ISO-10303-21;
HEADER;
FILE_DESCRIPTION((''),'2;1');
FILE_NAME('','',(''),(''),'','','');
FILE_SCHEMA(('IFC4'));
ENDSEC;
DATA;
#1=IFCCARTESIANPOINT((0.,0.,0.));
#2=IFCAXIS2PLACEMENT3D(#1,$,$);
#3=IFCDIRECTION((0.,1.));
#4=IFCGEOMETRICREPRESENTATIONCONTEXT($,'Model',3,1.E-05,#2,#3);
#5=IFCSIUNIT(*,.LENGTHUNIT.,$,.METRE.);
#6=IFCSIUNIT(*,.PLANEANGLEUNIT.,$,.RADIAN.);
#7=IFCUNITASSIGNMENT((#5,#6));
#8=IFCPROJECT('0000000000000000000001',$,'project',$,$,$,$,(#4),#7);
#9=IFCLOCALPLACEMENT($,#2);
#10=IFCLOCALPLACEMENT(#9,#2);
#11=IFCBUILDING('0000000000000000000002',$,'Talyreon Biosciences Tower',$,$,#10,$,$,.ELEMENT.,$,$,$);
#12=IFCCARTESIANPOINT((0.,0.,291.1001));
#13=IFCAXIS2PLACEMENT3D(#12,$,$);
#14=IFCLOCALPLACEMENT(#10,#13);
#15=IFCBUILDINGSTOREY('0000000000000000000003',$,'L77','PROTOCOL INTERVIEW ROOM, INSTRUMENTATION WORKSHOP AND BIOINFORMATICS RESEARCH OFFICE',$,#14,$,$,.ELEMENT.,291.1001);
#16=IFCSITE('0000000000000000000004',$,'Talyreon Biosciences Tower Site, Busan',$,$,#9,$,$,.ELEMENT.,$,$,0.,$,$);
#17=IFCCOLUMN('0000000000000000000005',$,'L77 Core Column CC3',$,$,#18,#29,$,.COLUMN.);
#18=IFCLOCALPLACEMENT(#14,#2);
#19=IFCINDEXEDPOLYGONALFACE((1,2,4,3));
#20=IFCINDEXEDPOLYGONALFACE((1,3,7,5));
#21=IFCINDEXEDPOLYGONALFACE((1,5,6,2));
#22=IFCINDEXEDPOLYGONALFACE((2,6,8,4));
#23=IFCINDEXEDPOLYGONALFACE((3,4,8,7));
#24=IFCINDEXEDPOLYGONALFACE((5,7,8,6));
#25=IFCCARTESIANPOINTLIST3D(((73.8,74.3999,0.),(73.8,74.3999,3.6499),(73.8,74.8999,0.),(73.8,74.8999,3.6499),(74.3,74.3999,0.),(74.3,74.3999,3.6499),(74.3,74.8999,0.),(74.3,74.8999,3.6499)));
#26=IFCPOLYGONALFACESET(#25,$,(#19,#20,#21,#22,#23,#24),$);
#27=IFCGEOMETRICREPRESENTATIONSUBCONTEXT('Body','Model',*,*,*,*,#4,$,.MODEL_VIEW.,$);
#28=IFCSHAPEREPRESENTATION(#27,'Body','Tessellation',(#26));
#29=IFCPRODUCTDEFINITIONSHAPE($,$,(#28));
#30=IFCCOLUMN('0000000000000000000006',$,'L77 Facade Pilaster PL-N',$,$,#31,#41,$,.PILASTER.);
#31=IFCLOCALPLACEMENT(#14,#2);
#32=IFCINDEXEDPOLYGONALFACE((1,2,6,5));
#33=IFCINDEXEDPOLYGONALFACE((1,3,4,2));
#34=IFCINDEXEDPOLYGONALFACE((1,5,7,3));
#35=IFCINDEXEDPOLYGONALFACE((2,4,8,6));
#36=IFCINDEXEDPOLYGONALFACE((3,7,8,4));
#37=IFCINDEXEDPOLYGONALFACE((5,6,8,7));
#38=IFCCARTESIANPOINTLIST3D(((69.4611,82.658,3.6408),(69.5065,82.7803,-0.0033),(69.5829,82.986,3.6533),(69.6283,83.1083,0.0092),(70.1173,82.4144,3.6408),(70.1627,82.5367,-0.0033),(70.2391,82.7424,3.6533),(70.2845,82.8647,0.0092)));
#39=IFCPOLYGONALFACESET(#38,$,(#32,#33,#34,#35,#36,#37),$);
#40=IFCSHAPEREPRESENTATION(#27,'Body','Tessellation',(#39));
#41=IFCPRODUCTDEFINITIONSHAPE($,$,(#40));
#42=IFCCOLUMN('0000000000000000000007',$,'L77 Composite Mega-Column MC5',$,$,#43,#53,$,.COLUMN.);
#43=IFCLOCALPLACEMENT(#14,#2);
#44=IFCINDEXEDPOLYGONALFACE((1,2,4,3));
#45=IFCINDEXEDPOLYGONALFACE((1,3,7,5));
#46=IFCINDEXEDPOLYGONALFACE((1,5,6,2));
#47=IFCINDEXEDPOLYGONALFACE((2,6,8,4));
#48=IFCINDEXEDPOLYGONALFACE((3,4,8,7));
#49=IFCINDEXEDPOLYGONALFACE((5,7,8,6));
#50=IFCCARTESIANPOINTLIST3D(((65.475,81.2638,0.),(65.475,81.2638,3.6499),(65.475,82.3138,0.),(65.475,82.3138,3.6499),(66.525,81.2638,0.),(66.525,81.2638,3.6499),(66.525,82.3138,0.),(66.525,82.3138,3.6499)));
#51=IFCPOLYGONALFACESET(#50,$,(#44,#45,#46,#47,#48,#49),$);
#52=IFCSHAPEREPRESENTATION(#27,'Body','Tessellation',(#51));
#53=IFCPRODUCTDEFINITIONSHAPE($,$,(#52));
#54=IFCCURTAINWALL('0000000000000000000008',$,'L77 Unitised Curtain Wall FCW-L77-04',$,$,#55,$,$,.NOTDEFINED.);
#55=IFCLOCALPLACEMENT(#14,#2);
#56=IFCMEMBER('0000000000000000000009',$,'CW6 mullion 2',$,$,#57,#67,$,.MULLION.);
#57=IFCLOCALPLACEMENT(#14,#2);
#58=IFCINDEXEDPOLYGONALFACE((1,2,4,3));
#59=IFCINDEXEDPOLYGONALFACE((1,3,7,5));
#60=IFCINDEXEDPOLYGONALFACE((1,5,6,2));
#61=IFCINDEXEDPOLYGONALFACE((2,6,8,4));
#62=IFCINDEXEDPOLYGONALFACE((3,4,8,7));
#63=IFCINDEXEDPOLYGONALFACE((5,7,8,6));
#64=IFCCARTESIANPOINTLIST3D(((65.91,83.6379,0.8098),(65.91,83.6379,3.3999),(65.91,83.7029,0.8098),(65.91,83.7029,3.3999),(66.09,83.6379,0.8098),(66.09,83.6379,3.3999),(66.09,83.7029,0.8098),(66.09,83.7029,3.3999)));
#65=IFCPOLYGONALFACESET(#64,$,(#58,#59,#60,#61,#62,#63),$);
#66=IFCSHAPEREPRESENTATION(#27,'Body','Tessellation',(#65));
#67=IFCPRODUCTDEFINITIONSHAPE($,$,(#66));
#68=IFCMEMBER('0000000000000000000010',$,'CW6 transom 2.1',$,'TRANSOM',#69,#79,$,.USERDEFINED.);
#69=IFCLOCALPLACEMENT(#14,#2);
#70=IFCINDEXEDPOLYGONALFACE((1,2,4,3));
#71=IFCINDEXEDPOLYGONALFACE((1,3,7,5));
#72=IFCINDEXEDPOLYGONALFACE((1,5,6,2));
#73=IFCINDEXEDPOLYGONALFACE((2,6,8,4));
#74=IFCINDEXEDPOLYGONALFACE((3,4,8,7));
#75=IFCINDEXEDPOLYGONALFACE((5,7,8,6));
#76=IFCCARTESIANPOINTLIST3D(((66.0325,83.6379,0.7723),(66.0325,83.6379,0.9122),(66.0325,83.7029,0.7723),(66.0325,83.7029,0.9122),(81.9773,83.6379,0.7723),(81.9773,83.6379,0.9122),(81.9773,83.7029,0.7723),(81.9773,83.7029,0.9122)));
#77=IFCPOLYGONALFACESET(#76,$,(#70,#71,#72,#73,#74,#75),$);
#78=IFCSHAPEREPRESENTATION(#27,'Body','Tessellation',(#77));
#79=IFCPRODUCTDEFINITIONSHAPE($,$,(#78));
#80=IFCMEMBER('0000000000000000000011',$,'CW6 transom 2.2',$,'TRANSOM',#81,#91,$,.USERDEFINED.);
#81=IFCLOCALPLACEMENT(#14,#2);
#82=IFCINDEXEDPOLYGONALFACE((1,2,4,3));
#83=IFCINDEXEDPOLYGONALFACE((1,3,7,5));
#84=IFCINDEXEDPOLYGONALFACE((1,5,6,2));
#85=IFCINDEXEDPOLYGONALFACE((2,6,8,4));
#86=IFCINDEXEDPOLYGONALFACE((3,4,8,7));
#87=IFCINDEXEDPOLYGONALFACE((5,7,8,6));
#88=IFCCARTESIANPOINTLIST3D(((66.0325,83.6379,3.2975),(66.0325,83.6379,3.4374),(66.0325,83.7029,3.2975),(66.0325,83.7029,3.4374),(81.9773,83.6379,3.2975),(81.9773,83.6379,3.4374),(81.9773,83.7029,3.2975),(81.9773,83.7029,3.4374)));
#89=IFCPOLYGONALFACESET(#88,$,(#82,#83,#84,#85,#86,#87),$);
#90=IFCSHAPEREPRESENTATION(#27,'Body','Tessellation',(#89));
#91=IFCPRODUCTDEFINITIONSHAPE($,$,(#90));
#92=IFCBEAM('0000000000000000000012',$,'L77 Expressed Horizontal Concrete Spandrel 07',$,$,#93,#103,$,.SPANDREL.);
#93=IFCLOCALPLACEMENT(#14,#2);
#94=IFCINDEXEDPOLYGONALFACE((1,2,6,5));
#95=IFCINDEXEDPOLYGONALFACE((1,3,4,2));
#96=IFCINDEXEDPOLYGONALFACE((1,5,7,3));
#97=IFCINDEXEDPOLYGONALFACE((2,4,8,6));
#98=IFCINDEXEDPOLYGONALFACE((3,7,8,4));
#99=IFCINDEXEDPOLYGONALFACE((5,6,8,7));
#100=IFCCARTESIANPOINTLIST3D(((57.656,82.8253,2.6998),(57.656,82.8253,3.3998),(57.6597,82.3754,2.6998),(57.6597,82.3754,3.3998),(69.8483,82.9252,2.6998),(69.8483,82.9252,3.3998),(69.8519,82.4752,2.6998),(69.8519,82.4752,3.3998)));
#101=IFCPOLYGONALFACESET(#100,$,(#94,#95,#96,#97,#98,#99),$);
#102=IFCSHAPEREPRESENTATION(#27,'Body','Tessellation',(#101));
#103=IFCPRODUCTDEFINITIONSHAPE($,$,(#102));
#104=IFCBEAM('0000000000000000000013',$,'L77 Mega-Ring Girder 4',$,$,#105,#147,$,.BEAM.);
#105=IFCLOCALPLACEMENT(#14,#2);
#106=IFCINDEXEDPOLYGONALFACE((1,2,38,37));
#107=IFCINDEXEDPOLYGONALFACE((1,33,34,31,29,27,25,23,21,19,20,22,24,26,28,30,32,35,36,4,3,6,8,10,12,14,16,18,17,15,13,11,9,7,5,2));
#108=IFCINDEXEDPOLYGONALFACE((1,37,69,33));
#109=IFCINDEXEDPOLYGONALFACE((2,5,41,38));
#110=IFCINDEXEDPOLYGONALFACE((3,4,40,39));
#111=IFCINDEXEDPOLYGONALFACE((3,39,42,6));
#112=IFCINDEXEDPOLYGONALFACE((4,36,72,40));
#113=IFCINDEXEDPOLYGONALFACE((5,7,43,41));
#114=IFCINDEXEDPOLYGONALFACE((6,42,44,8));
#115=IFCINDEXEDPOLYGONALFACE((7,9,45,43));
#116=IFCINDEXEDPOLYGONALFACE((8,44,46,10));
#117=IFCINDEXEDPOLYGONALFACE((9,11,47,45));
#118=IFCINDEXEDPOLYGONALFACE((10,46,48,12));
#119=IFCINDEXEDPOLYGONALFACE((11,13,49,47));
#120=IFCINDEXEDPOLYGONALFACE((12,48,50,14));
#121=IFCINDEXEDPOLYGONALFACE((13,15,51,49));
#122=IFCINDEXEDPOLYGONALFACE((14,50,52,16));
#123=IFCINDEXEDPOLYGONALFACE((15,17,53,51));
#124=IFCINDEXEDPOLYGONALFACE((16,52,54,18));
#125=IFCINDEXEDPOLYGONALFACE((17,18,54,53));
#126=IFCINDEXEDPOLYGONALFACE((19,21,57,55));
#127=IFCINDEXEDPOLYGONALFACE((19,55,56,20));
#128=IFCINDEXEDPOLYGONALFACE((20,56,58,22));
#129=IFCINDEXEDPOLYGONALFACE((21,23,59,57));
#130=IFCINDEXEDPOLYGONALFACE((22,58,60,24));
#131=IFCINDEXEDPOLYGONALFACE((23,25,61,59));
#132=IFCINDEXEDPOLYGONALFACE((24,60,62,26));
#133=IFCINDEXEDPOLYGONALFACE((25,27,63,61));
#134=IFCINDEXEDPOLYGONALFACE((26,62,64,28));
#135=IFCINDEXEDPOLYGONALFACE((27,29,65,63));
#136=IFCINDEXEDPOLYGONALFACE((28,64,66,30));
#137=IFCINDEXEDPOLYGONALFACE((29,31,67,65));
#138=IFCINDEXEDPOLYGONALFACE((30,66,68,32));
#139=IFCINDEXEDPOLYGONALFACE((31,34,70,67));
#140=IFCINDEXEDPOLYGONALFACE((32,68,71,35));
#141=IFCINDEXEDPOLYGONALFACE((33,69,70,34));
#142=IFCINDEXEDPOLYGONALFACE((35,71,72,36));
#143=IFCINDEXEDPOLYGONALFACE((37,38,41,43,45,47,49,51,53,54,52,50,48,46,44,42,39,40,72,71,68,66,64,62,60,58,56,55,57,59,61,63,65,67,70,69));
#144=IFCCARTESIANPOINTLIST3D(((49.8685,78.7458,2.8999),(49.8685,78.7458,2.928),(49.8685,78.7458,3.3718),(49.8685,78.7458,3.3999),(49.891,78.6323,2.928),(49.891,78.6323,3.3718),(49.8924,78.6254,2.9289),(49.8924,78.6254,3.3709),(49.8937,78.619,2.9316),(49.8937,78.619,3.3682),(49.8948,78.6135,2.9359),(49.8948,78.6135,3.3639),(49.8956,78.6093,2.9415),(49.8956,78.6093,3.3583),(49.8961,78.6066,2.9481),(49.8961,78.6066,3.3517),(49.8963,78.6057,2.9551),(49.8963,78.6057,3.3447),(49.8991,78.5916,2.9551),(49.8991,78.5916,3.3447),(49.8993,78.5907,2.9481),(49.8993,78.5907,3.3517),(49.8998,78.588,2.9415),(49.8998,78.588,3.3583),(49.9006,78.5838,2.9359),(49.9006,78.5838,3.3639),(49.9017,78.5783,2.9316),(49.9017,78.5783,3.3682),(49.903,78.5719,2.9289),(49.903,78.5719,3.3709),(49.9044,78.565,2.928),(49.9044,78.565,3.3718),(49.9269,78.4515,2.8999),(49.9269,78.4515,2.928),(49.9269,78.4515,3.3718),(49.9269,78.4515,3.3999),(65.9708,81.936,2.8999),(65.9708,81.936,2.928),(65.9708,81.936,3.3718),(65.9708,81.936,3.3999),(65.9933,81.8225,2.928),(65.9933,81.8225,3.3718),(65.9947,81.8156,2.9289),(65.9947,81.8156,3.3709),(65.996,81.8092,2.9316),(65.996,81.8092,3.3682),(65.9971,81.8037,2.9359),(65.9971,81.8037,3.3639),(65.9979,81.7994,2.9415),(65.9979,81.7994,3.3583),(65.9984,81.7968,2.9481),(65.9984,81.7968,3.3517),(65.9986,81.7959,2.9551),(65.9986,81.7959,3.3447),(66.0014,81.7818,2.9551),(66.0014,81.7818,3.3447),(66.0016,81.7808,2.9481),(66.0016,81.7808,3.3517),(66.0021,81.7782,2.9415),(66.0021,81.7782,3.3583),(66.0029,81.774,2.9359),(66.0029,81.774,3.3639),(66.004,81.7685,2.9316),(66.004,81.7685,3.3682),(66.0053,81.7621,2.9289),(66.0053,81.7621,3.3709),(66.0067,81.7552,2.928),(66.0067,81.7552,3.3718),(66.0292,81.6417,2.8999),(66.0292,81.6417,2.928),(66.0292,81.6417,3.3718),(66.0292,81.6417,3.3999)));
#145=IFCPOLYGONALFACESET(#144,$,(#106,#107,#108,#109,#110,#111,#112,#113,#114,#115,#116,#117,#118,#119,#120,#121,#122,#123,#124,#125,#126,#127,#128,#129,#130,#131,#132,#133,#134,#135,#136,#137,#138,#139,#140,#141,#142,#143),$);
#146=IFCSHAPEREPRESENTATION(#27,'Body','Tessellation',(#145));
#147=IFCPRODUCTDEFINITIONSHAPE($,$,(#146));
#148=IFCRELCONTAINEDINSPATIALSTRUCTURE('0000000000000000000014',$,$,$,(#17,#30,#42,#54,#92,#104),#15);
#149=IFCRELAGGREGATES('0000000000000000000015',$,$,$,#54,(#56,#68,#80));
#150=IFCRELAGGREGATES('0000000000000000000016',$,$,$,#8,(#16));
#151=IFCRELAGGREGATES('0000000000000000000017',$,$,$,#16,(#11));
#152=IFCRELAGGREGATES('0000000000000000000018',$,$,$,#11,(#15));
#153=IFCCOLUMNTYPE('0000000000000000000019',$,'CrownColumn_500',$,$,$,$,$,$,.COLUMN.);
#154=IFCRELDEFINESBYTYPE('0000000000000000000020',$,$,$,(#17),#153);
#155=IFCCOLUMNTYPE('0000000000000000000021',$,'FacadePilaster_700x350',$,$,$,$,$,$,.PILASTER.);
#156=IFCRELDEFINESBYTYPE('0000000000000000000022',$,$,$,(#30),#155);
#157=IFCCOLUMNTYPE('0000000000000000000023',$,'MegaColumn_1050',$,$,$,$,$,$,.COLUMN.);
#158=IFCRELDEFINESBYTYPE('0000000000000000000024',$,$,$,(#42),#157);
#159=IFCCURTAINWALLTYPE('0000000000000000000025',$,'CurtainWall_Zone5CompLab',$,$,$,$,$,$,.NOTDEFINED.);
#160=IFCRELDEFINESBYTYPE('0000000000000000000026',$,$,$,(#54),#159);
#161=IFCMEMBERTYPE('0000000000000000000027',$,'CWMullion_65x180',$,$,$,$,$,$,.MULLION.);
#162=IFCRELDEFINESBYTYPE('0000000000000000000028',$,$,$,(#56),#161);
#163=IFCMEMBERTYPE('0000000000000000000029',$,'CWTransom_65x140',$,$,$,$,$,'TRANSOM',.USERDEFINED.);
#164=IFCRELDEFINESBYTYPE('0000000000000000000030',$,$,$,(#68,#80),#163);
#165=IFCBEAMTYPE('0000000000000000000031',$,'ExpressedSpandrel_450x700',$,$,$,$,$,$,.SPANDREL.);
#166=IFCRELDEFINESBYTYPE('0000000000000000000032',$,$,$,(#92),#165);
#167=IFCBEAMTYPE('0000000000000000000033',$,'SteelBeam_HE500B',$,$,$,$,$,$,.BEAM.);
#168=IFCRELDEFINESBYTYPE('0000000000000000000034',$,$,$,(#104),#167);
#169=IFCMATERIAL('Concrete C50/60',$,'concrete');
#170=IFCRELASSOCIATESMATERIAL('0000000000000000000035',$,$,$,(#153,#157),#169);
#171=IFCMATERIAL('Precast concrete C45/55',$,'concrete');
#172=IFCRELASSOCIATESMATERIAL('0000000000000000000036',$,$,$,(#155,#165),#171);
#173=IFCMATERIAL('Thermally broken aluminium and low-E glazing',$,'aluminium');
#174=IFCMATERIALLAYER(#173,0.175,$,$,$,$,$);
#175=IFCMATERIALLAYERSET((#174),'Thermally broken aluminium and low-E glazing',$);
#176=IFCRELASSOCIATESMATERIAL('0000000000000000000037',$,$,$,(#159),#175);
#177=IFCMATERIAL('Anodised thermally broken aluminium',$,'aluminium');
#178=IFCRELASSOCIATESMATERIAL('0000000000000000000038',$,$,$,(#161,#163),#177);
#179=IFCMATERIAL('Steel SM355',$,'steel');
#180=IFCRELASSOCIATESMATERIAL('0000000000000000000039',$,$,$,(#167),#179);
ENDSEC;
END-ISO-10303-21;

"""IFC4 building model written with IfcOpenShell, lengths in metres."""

from ifc_helpers import new_model, si_unit, direction, frame, origin, origin_2d, place, context, subcontext, project, spatial, rectangle, i_section, extrude, material, layer, layer_set, material_profile, profile_set, type_object, element, aggregate, save


model = new_model("IFC4")

# Units and contexts
model_context = context("Model", 3, precision=1e-05, world=origin(), true_north=direction((0.0, 1.0)))
body_context = subcontext(model_context, "Body", "Model", "MODEL_VIEW")
ifc_project = project(units=[si_unit("LENGTHUNIT", "METRE"), si_unit("PLANEANGLEUNIT", "RADIAN")], contexts=[model_context])

# Site, building, storey
site_placement = place(None, origin())
site = spatial("IfcSite", under=ifc_project, at=site_placement, Name="Talyreon Biosciences Tower Site, Busan", CompositionType="ELEMENT", RefElevation=0.0)
building_placement = place(site_placement, origin())
building = spatial("IfcBuilding", under=site, at=building_placement, Name="Talyreon Biosciences Tower", CompositionType="ELEMENT")
storey_placement = place(building_placement, frame((0.0, 0.0, 291.1001)))
storey = spatial("IfcBuildingStorey", under=building, at=storey_placement, Name="L77", Description="PROTOCOL INTERVIEW ROOM, INSTRUMENTATION WORKSHOP AND BIOINFORMATICS RESEARCH OFFICE", CompositionType="ELEMENT", Elevation=291.1001)

# Columns
ifc_material_1 = material(Name="Concrete C50/60", Category="concrete")
ifc_material_profile_1 = material_profile(ifc_material_1, rectangle(XDim=0.5, YDim=0.5, at=origin_2d()), Name="RC 500x500")
ifc_profile_set_1 = profile_set([ifc_material_profile_1], Name="Concrete C50/60")
column_type_1 = type_object("IfcColumnType", Name="CrownColumn_500", PredefinedType="COLUMN", material=ifc_profile_set_1)
column_1_placement = place(storey_placement, frame((74.05, 74.6499, 0.0), z_axis=(0.0, 0.0, 1.0), x_axis=(1.0, 0.0, 0.0)))
element("IfcColumn", 1, at=column_1_placement, inside=storey, type_object=column_type_1, Name="L77 Core Column CC3", PredefinedType="COLUMN", context=body_context, shape_type="SweptSolid", body=[
    extrude(rectangle(XDim=0.5, YDim=0.5, at=origin_2d()), origin(), (0.0, 0.0, 1.0), 3.6499),
])
ifc_material_2 = material(Name="Precast concrete C45/55", Category="concrete")
ifc_material_profile_2 = material_profile(ifc_material_2, rectangle(XDim=0.7, YDim=0.3501, at=origin_2d()), Name="RC 700x350")
ifc_profile_set_2 = profile_set([ifc_material_profile_2], Name="Precast concrete C45/55")
column_type_2 = type_object("IfcColumnType", Name="FacadePilaster_700x350", PredefinedType="PILASTER", material=ifc_profile_set_2)
column_2_placement = place(storey_placement, frame((69.8955, 82.8225, 0.0029), z_axis=(-0.012453, -0.033544, 0.99936), x_axis=(-0.937478, 0.348046, 0.0)))
element("IfcColumn", 2, at=column_2_placement, inside=storey, type_object=column_type_2, Name="L77 Facade Pilaster PL-N", PredefinedType="PILASTER", context=body_context, shape_type="SweptSolid", body=[
    extrude(rectangle(XDim=0.7, YDim=0.3501, at=origin_2d()), origin(), (0.0, 0.0, 1.0), 3.6465),
])
ifc_material_profile_3 = material_profile(ifc_material_1, rectangle(XDim=1.05, YDim=1.05, at=origin_2d()), Name="RC 1050x1050")
ifc_profile_set_3 = profile_set([ifc_material_profile_3], Name="Concrete C50/60")
column_type_3 = type_object("IfcColumnType", Name="MegaColumn_1050", PredefinedType="COLUMN", material=ifc_profile_set_3)
column_3_placement = place(storey_placement, frame((66.0, 81.7888, 0.0), z_axis=(0.0, 0.0, 1.0), x_axis=(1.0, 0.0, 0.0)))
element("IfcColumn", 3, at=column_3_placement, inside=storey, type_object=column_type_3, Name="L77 Composite Mega-Column MC5", PredefinedType="COLUMN", context=body_context, shape_type="SweptSolid", body=[
    extrude(rectangle(XDim=1.05, YDim=1.05, at=origin_2d()), origin(), (0.0, 0.0, 1.0), 3.6499),
])

# Curtain wall, members
ifc_material_3 = material(Name="Thermally broken aluminium and low-E glazing", Category="aluminium")
ifc_layer_1 = layer(ifc_material_3, 0.175)
ifc_layer_set_1 = layer_set([ifc_layer_1], Name="Thermally broken aluminium and low-E glazing")
curtain_wall_type = type_object("IfcCurtainWallType", Name="CurtainWall_Zone5CompLab", PredefinedType="NOTDEFINED", material=ifc_layer_set_1)
curtain_wall_placement = place(storey_placement, origin())
curtain_wall = element("IfcCurtainWall", 4, at=curtain_wall_placement, inside=storey, type_object=curtain_wall_type, Name="L77 Unitised Curtain Wall FCW-L77-04", PredefinedType="NOTDEFINED")
ifc_material_4 = material(Name="Anodised thermally broken aluminium", Category="aluminium")
ifc_material_profile_4 = material_profile(ifc_material_4, rectangle(XDim=0.0649, YDim=0.1799, at=origin_2d()), Name="ALUM MULLION 65x180")
ifc_profile_set_4 = profile_set([ifc_material_profile_4], Name="Anodised thermally broken aluminium")
member_type_1 = type_object("IfcMemberType", Name="CWMullion_65x180", PredefinedType="MULLION", material=ifc_profile_set_4)
member_1_placement = place(storey_placement, frame((66.0, 83.6704, 0.8098), z_axis=(0.0, 0.0, 1.0), x_axis=(0.0, 1.0, 0.0)))
member_1 = element("IfcMember", 5, at=member_1_placement, type_object=member_type_1, Name="CW6 mullion 2", PredefinedType="MULLION", context=body_context, shape_type="SweptSolid", body=[
    extrude(rectangle(XDim=0.0649, YDim=0.1799, at=origin_2d()), origin(), (0.0, 0.0, 1.0), 2.5901),
])
ifc_material_profile_5 = material_profile(ifc_material_4, rectangle(XDim=0.0649, YDim=0.1399, at=origin_2d()), Name="ALUM TRANSOM 65x140")
ifc_profile_set_5 = profile_set([ifc_material_profile_5], Name="Anodised thermally broken aluminium")
member_type_2 = type_object("IfcMemberType", Name="CWTransom_65x140", ElementType="TRANSOM", PredefinedType="USERDEFINED", material=ifc_profile_set_5)
member_2_placement = place(storey_placement, frame((66.0325, 83.6704, 0.8423), z_axis=(1.0, 0.0, 0.0), x_axis=(0.0, 1.0, 0.0)))
member_2 = element("IfcMember", 6, at=member_2_placement, type_object=member_type_2, Name="CW6 transom 2.1", ObjectType="TRANSOM", PredefinedType="USERDEFINED", context=body_context, shape_type="SweptSolid", body=[
    extrude(rectangle(XDim=0.0649, YDim=0.1399, at=origin_2d()), origin(), (0.0, 0.0, 1.0), 15.9448),
])
member_3_placement = place(storey_placement, frame((66.0325, 83.6704, 3.3674), z_axis=(1.0, 0.0, 0.0), x_axis=(0.0, 1.0, 0.0)))
member_3 = element("IfcMember", 7, at=member_3_placement, type_object=member_type_2, Name="CW6 transom 2.2", ObjectType="TRANSOM", PredefinedType="USERDEFINED", context=body_context, shape_type="SweptSolid", body=[
    extrude(rectangle(XDim=0.0649, YDim=0.1399, at=origin_2d()), origin(), (0.0, 0.0, 1.0), 15.9448),
])

# Beams
ifc_material_profile_6 = material_profile(ifc_material_2, rectangle(XDim=0.45, YDim=0.7, at=origin_2d()), Name="RCB 450x700")
ifc_profile_set_6 = profile_set([ifc_material_profile_6], Name="Precast concrete C45/55")
beam_type_1 = type_object("IfcBeamType", Name="ExpressedSpandrel_450x700", PredefinedType="SPANDREL", material=ifc_profile_set_6)
beam_1_placement = place(storey_placement, frame((69.8501, 82.7002, 3.0498), z_axis=(-0.999966, -0.00819, 0.0), x_axis=(0.00819, -0.999966, 0.0)))
element("IfcBeam", 8, at=beam_1_placement, inside=storey, type_object=beam_type_1, Name="L77 Expressed Horizontal Concrete Spandrel 07", PredefinedType="SPANDREL", context=body_context, shape_type="SweptSolid", body=[
    extrude(rectangle(XDim=0.45, YDim=0.7, at=origin_2d()), origin(), (0.0, 0.0, 1.0), 12.1926),
])
ifc_material_5 = material(Name="Steel SM355", Category="steel")
ifc_material_profile_7 = material_profile(ifc_material_5, i_section(OverallWidth=0.3, OverallDepth=0.5, WebThickness=0.0144, FlangeThickness=0.0281, FilletRadius=0.0271, at=origin_2d()), Name="HE500B")
ifc_profile_set_7 = profile_set([ifc_material_profile_7], Name="Steel SM355")
beam_type_2 = type_object("IfcBeamType", Name="SteelBeam_HE500B", PredefinedType="BEAM", material=ifc_profile_set_7)
beam_2_placement = place(storey_placement, frame((66.0, 81.7888, 3.1499), z_axis=(-0.980934, -0.194343, 0.0), x_axis=(0.194343, -0.980934, 0.0)))
element("IfcBeam", 9, at=beam_2_placement, inside=storey, type_object=beam_type_2, Name="L77 Mega-Ring Girder 4", PredefinedType="BEAM", context=body_context, shape_type="SweptSolid", body=[
    extrude(i_section(OverallWidth=0.3, OverallDepth=0.5, WebThickness=0.0144, FlangeThickness=0.0281, FilletRadius=0.0271, at=origin_2d()), origin(), (0.0, 0.0, 1.0), 16.4153),
])

aggregate(curtain_wall, [member_1, member_2, member_3])

save(model, "model.ifc")
